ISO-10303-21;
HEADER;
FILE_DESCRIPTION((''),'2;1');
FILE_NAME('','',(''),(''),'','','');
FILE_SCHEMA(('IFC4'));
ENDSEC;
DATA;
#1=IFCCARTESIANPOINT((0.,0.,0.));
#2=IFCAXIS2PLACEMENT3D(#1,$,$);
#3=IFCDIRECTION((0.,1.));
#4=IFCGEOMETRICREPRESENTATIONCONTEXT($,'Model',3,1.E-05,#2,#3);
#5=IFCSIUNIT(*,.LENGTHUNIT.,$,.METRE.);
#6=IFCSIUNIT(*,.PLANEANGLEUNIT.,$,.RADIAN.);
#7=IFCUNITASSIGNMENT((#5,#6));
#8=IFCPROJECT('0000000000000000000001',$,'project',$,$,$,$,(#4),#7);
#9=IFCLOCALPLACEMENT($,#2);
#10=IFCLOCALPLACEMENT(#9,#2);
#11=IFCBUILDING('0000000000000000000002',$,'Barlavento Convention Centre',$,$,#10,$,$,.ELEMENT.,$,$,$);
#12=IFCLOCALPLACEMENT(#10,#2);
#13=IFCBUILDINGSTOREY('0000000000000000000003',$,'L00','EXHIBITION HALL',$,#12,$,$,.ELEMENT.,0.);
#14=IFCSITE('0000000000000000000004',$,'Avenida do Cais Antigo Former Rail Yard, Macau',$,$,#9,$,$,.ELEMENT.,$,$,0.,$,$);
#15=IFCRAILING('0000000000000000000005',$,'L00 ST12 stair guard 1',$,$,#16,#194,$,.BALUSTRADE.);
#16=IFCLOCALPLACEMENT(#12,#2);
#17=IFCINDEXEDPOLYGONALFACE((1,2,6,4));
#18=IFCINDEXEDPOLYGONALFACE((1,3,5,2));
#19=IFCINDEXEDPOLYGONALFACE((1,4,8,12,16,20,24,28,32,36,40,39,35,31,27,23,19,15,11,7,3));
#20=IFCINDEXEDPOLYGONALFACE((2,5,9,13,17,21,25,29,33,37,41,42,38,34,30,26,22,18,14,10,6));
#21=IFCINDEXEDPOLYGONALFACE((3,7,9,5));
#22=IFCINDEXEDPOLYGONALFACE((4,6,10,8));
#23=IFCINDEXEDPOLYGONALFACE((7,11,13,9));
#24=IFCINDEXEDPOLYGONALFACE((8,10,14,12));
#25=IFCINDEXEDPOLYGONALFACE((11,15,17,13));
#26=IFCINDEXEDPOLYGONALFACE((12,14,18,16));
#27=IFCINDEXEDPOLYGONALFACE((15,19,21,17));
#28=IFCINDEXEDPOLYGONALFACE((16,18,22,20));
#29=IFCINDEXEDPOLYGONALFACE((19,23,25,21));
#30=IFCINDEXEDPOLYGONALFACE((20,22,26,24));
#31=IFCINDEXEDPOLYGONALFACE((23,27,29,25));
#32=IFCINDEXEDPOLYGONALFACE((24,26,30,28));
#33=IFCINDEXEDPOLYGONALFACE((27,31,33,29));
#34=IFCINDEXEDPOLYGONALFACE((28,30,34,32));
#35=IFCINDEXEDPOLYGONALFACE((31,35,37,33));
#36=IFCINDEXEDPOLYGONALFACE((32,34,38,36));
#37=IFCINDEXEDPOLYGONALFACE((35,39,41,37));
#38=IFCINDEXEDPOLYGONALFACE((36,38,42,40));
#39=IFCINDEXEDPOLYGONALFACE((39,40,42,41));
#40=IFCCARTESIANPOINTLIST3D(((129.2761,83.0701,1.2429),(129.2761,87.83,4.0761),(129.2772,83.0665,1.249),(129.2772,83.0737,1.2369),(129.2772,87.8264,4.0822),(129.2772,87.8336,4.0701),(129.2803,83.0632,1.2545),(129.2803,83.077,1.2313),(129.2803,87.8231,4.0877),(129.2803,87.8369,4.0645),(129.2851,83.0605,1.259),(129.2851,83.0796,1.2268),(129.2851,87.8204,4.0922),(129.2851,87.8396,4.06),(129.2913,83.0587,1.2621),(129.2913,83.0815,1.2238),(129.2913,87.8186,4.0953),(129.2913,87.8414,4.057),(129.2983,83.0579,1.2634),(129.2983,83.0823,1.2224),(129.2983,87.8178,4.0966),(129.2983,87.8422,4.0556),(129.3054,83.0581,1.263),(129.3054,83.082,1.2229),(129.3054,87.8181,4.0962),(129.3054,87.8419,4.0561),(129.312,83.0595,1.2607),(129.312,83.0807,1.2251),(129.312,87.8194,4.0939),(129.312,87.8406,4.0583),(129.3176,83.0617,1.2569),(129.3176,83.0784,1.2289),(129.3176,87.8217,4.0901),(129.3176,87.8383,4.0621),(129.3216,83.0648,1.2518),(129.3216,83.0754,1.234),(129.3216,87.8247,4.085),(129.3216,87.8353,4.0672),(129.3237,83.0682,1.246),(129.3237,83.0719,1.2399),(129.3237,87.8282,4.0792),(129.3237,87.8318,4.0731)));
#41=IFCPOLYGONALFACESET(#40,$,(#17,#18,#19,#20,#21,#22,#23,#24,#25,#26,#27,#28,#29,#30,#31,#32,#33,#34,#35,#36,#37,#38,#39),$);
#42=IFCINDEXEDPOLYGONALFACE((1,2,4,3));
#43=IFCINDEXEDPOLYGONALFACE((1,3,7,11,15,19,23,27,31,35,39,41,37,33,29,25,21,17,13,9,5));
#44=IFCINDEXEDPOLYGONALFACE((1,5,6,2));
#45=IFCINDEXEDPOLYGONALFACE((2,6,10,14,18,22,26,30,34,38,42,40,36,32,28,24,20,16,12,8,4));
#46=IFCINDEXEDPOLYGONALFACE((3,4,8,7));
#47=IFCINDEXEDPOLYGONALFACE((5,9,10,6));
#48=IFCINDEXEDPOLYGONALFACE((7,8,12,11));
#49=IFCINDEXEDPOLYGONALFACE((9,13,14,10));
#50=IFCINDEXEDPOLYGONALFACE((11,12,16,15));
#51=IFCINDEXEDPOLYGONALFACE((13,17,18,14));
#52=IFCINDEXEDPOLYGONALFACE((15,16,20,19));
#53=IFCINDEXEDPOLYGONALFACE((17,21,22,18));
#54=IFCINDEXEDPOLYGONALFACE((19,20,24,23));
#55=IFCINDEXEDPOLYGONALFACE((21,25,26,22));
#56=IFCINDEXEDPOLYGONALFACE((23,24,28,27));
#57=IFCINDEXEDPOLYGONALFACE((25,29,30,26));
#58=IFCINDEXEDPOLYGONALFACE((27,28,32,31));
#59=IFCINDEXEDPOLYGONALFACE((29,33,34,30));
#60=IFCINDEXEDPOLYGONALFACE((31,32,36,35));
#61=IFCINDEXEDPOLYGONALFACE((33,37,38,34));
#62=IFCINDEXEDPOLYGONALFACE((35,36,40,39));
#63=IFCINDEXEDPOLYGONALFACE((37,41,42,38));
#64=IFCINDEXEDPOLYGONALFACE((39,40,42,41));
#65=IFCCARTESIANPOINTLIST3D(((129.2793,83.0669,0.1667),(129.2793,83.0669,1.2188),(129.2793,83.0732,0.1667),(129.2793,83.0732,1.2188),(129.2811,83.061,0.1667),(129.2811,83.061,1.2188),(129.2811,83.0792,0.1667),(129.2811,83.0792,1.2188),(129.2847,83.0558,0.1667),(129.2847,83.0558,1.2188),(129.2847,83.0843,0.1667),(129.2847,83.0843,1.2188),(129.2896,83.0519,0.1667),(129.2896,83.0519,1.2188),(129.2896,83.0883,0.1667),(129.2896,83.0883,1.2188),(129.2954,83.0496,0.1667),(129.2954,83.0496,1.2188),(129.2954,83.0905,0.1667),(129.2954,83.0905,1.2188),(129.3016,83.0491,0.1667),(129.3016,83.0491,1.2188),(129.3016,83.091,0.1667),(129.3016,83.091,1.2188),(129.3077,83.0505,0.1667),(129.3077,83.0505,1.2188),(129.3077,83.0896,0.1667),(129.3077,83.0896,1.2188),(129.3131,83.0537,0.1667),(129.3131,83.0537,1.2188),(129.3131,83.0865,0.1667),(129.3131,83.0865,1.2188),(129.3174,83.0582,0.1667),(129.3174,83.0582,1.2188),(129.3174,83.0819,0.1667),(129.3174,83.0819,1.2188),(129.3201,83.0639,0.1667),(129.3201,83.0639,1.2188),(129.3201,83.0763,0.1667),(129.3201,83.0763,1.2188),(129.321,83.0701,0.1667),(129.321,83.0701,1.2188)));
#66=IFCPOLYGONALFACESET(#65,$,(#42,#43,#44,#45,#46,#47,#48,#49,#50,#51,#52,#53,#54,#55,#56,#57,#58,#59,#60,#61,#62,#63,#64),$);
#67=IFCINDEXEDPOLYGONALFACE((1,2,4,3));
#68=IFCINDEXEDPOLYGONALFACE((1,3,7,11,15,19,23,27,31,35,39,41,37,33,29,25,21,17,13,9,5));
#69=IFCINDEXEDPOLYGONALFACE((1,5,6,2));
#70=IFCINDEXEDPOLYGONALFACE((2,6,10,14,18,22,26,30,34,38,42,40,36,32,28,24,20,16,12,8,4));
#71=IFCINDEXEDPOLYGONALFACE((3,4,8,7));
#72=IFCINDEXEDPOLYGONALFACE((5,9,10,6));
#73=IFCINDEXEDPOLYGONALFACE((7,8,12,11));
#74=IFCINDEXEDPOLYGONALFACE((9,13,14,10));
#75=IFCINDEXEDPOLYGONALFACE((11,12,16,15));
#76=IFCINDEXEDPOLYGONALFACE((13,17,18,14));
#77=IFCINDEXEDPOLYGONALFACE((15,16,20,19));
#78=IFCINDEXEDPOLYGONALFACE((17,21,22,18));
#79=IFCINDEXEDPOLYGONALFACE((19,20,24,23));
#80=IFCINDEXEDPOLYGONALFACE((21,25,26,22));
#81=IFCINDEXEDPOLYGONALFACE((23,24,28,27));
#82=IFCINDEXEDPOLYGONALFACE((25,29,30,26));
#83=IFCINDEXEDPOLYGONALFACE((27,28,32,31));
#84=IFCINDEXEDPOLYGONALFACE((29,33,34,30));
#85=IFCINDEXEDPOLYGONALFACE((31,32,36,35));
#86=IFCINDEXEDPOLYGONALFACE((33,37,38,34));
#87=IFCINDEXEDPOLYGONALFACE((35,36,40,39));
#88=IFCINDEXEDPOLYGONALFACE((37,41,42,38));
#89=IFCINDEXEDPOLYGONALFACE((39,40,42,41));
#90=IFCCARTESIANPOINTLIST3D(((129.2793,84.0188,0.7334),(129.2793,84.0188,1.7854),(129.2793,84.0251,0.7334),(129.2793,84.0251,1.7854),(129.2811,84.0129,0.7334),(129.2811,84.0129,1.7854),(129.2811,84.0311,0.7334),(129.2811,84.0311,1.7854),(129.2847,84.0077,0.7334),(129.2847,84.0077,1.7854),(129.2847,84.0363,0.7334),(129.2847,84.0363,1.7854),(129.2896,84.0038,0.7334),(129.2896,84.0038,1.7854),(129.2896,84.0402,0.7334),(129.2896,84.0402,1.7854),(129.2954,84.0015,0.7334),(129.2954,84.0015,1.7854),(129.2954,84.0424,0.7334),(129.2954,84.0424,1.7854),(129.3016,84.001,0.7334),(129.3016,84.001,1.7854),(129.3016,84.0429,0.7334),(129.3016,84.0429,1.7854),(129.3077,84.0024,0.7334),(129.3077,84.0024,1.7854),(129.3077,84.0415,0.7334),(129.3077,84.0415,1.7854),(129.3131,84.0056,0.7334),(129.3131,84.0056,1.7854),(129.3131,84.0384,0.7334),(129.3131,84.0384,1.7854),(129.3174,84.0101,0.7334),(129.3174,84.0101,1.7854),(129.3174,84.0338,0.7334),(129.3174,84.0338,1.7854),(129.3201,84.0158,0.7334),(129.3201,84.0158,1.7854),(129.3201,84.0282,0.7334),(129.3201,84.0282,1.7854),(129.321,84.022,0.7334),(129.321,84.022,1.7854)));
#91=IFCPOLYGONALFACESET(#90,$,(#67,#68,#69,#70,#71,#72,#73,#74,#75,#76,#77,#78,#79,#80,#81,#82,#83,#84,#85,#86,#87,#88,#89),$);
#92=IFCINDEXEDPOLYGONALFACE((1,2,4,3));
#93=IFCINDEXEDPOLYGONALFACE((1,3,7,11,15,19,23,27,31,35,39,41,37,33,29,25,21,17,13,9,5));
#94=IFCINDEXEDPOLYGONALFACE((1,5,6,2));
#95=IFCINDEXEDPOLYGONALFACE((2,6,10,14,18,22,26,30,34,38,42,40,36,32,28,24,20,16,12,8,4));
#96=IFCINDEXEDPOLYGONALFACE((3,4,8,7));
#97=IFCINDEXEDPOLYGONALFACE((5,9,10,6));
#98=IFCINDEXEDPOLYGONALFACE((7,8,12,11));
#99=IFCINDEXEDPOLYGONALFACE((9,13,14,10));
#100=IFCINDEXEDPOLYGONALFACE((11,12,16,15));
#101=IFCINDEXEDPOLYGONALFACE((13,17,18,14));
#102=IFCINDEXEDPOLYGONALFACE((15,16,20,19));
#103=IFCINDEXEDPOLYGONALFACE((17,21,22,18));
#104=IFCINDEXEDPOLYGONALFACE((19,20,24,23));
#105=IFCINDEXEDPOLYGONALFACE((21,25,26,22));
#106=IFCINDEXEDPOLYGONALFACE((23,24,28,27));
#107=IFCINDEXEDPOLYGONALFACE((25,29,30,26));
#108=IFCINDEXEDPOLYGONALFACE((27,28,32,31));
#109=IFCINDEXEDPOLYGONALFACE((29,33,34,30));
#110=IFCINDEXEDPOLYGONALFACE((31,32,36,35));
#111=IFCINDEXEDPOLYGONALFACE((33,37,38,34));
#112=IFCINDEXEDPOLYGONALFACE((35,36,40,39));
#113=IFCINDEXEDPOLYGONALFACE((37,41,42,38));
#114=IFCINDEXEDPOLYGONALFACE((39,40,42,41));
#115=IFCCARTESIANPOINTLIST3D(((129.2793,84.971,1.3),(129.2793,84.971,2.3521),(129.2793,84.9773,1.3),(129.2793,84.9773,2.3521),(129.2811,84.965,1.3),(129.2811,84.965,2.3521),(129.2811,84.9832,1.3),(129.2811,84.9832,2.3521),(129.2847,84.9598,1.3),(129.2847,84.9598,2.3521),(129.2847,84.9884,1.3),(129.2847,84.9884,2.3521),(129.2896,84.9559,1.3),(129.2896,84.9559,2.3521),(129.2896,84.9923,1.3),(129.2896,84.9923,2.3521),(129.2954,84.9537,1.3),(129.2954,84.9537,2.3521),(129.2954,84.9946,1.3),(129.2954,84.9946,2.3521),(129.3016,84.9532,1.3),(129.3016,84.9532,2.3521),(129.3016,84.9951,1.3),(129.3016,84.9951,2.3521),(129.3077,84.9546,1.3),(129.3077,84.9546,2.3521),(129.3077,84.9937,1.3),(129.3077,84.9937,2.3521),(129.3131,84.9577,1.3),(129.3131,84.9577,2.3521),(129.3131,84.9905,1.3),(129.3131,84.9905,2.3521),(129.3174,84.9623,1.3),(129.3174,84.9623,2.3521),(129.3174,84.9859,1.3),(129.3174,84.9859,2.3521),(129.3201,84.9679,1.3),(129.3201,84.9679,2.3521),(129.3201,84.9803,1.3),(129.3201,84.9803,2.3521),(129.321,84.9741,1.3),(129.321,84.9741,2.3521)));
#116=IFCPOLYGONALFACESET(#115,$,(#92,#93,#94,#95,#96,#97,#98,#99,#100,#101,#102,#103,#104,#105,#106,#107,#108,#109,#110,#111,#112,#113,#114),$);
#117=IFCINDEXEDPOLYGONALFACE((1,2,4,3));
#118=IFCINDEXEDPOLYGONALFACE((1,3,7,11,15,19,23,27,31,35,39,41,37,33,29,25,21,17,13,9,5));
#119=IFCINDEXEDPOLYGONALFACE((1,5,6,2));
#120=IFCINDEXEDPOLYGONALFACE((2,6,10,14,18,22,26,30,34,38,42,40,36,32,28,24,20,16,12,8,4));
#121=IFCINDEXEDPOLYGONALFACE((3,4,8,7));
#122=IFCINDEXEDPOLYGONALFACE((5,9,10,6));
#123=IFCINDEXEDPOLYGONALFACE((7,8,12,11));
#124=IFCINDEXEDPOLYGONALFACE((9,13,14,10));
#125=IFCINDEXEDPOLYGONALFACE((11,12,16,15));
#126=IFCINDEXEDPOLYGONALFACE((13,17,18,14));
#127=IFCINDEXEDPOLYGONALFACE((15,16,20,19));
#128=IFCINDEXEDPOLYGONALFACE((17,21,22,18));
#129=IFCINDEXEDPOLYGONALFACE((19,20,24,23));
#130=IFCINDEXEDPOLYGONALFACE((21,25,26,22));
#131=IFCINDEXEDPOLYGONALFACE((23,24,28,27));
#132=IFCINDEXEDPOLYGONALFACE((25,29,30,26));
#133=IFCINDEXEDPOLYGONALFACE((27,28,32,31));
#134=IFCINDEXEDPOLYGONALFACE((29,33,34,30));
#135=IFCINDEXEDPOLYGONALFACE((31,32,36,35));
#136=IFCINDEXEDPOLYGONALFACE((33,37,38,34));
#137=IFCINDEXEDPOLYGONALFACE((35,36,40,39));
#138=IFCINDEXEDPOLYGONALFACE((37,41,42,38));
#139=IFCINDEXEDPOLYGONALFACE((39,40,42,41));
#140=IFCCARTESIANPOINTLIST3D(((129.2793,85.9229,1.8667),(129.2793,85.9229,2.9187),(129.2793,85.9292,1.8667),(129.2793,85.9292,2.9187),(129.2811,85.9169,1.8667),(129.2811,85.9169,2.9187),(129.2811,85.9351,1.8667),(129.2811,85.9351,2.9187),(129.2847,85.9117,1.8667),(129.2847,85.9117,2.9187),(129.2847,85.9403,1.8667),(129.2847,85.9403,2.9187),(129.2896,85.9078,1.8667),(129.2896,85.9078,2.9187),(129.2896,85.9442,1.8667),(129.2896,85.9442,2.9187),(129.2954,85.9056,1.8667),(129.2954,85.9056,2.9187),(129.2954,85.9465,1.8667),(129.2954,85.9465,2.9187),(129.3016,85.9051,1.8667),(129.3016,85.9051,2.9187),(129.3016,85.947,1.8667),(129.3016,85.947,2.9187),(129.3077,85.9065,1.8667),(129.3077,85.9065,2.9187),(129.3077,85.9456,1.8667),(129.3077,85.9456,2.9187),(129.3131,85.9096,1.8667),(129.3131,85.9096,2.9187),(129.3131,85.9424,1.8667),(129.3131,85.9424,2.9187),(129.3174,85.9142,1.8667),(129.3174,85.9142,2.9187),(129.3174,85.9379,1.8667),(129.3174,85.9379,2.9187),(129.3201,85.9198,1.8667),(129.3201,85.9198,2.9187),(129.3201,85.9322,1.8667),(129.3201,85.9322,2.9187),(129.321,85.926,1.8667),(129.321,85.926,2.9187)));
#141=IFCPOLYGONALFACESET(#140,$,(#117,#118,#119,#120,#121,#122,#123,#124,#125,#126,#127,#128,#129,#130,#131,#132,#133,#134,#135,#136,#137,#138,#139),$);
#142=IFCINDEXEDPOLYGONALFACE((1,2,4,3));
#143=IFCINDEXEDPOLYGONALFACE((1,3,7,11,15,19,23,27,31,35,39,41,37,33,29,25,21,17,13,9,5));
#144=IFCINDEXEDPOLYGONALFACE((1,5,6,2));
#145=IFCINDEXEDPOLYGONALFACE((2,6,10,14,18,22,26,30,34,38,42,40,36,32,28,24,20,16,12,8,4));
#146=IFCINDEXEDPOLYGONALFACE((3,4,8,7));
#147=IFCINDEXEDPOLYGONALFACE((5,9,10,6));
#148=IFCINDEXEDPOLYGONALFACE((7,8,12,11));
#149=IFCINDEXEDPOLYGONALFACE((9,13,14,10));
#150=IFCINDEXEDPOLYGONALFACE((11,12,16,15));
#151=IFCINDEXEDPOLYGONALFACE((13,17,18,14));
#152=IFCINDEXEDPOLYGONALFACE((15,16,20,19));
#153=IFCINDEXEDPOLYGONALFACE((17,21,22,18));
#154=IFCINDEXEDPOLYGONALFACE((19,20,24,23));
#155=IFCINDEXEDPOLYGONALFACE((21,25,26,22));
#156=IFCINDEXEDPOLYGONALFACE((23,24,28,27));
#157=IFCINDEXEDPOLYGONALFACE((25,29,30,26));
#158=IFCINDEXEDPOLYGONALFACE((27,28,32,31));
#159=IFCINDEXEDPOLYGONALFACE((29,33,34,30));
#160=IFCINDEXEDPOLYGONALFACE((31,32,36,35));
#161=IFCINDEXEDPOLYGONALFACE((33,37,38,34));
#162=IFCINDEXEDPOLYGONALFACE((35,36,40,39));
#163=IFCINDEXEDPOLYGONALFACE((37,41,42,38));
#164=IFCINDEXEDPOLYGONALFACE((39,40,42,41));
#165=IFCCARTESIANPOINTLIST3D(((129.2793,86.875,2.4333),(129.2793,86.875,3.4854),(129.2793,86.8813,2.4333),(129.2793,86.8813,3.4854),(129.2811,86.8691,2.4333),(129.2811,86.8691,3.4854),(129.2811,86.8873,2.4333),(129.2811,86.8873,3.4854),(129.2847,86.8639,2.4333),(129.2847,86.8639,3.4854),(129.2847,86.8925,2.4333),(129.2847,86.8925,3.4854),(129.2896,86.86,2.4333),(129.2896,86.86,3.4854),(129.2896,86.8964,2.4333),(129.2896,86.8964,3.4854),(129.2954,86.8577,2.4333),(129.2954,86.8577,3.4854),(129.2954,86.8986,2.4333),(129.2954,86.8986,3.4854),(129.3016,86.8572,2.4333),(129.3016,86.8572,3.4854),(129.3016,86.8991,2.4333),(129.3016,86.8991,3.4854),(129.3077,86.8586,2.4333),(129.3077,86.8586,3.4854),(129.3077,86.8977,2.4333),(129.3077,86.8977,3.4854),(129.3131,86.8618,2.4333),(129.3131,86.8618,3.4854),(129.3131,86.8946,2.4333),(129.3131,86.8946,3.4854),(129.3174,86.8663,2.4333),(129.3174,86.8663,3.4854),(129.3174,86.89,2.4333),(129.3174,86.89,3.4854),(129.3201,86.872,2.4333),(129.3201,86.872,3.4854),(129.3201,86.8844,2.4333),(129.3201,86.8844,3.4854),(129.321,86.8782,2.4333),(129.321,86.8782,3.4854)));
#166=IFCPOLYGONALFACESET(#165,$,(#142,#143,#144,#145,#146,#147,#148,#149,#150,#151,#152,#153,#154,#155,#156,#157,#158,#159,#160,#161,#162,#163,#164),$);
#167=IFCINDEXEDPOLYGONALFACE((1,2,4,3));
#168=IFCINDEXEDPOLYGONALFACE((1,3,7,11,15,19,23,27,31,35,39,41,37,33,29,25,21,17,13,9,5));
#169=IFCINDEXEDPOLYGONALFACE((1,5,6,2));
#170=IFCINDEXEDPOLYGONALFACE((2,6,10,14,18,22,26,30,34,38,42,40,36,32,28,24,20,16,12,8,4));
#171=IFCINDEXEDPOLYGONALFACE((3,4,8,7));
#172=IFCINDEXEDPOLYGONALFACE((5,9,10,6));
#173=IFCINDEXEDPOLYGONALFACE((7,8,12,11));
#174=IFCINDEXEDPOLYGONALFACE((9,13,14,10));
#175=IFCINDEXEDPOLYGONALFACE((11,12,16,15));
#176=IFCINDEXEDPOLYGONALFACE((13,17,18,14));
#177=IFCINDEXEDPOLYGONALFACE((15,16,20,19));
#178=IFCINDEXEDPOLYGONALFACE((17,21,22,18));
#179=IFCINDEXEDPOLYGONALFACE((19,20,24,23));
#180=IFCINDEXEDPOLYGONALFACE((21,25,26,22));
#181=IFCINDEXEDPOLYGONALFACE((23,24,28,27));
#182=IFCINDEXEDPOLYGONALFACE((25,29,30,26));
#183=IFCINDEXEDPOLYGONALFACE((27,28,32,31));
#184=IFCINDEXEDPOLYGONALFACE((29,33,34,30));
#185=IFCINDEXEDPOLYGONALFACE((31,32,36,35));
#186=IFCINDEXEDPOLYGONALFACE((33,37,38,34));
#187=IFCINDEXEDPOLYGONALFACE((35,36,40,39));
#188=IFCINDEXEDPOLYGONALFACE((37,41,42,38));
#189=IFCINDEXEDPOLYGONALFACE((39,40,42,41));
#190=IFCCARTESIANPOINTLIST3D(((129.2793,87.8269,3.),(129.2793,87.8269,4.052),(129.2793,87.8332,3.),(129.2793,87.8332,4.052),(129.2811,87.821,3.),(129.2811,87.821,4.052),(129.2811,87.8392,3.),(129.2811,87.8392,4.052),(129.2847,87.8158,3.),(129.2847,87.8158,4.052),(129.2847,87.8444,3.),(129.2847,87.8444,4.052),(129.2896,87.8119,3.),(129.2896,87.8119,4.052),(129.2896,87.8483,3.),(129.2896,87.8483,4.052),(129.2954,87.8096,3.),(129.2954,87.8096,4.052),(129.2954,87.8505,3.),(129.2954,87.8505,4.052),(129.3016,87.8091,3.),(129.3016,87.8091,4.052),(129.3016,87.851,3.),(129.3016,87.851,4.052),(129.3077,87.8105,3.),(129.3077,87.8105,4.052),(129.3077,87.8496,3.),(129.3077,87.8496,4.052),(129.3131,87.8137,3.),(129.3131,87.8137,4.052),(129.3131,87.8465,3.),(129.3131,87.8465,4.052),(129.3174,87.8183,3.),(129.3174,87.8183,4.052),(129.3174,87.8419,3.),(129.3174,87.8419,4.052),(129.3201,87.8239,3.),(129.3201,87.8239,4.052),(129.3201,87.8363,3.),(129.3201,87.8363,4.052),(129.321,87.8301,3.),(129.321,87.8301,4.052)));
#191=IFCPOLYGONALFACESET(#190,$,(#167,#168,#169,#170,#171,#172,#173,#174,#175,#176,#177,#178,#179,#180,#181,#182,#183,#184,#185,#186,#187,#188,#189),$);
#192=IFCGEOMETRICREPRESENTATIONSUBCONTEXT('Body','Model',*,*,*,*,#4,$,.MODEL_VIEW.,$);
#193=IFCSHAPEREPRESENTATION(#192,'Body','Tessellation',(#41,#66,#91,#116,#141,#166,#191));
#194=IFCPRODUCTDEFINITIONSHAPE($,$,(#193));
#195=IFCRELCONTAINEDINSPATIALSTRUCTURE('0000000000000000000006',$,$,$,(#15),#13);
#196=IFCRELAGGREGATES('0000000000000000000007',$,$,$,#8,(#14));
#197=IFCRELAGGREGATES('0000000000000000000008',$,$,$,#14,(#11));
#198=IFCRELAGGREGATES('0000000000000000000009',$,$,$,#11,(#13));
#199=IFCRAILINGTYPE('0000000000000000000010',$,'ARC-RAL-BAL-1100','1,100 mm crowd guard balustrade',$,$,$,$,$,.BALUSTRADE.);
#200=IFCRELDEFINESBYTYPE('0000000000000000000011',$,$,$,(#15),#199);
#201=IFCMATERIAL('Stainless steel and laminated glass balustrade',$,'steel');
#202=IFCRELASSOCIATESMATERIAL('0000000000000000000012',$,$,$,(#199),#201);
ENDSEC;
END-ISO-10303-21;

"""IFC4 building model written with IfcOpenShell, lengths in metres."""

from ifc_helpers import new_model, si_unit, direction, frame, origin, origin_2d, place, context, subcontext, project, spatial, circle, extrude, material, type_object, element, save


model = new_model("IFC4")

# Units and contexts
model_context = context("Model", 3, precision=1e-05, world=origin(), true_north=direction((0.0, 1.0)))
body_context = subcontext(model_context, "Body", "Model", "MODEL_VIEW")
ifc_project = project(units=[si_unit("LENGTHUNIT", "METRE"), si_unit("PLANEANGLEUNIT", "RADIAN")], contexts=[model_context])

# Site, building, storey
site_placement = place(None, origin())
site = spatial("IfcSite", under=ifc_project, at=site_placement, Name="Avenida do Cais Antigo Former Rail Yard, Macau", CompositionType="ELEMENT", RefElevation=0.0)
building_placement = place(site_placement, origin())
building = spatial("IfcBuilding", under=site, at=building_placement, Name="Barlavento Convention Centre", CompositionType="ELEMENT")
storey_placement = place(building_placement, origin())
storey = spatial("IfcBuildingStorey", under=building, at=storey_placement, Name="L00", Description="EXHIBITION HALL", CompositionType="ELEMENT", Elevation=0.0)

# Railing
ifc_material_1 = material(Name="Stainless steel and laminated glass balustrade", Category="steel")
railing_type = type_object("IfcRailingType", Name="ARC-RAL-BAL-1100", Description="1,100 mm crowd guard balustrade", PredefinedType="BALUSTRADE", material=ifc_material_1)
railing_1_placement = place(storey_placement, frame((129.3, 83.0701, 0.1667)))
element("IfcRailing", 1, at=railing_1_placement, inside=storey, type_object=railing_type, Name="L00 ST12 stair guard 1", PredefinedType="BALUSTRADE", context=body_context, shape_type="SweptSolid", body=[
    extrude(circle(Radius=0.0239, at=origin_2d()), frame((0.0, 0.0, 1.0762), z_axis=(0.0, 0.8593, 0.511472), x_axis=(-1.0, 0.0, 0.0)), (0.0, 0.0, 1.0), 5.5393),
    extrude(circle(Radius=0.021, at=origin_2d()), origin(), (0.0, 0.0, 1.0), 1.052),
    extrude(circle(Radius=0.021, at=origin_2d()), frame((0.0, 0.9519, 0.5667)), (0.0, 0.0, 1.0), 1.052),
    extrude(circle(Radius=0.021, at=origin_2d()), frame((0.0, 1.9041, 1.1333)), (0.0, 0.0, 1.0), 1.052),
    extrude(circle(Radius=0.021, at=origin_2d()), frame((0.0, 2.856, 1.7)), (0.0, 0.0, 1.0), 1.052),
    extrude(circle(Radius=0.021, at=origin_2d()), frame((0.0, 3.8081, 2.2666)), (0.0, 0.0, 1.0), 1.052),
    extrude(circle(Radius=0.021, at=origin_2d()), frame((0.0, 4.76, 2.8333)), (0.0, 0.0, 1.0), 1.052),
])

save(model, "model.ifc")
